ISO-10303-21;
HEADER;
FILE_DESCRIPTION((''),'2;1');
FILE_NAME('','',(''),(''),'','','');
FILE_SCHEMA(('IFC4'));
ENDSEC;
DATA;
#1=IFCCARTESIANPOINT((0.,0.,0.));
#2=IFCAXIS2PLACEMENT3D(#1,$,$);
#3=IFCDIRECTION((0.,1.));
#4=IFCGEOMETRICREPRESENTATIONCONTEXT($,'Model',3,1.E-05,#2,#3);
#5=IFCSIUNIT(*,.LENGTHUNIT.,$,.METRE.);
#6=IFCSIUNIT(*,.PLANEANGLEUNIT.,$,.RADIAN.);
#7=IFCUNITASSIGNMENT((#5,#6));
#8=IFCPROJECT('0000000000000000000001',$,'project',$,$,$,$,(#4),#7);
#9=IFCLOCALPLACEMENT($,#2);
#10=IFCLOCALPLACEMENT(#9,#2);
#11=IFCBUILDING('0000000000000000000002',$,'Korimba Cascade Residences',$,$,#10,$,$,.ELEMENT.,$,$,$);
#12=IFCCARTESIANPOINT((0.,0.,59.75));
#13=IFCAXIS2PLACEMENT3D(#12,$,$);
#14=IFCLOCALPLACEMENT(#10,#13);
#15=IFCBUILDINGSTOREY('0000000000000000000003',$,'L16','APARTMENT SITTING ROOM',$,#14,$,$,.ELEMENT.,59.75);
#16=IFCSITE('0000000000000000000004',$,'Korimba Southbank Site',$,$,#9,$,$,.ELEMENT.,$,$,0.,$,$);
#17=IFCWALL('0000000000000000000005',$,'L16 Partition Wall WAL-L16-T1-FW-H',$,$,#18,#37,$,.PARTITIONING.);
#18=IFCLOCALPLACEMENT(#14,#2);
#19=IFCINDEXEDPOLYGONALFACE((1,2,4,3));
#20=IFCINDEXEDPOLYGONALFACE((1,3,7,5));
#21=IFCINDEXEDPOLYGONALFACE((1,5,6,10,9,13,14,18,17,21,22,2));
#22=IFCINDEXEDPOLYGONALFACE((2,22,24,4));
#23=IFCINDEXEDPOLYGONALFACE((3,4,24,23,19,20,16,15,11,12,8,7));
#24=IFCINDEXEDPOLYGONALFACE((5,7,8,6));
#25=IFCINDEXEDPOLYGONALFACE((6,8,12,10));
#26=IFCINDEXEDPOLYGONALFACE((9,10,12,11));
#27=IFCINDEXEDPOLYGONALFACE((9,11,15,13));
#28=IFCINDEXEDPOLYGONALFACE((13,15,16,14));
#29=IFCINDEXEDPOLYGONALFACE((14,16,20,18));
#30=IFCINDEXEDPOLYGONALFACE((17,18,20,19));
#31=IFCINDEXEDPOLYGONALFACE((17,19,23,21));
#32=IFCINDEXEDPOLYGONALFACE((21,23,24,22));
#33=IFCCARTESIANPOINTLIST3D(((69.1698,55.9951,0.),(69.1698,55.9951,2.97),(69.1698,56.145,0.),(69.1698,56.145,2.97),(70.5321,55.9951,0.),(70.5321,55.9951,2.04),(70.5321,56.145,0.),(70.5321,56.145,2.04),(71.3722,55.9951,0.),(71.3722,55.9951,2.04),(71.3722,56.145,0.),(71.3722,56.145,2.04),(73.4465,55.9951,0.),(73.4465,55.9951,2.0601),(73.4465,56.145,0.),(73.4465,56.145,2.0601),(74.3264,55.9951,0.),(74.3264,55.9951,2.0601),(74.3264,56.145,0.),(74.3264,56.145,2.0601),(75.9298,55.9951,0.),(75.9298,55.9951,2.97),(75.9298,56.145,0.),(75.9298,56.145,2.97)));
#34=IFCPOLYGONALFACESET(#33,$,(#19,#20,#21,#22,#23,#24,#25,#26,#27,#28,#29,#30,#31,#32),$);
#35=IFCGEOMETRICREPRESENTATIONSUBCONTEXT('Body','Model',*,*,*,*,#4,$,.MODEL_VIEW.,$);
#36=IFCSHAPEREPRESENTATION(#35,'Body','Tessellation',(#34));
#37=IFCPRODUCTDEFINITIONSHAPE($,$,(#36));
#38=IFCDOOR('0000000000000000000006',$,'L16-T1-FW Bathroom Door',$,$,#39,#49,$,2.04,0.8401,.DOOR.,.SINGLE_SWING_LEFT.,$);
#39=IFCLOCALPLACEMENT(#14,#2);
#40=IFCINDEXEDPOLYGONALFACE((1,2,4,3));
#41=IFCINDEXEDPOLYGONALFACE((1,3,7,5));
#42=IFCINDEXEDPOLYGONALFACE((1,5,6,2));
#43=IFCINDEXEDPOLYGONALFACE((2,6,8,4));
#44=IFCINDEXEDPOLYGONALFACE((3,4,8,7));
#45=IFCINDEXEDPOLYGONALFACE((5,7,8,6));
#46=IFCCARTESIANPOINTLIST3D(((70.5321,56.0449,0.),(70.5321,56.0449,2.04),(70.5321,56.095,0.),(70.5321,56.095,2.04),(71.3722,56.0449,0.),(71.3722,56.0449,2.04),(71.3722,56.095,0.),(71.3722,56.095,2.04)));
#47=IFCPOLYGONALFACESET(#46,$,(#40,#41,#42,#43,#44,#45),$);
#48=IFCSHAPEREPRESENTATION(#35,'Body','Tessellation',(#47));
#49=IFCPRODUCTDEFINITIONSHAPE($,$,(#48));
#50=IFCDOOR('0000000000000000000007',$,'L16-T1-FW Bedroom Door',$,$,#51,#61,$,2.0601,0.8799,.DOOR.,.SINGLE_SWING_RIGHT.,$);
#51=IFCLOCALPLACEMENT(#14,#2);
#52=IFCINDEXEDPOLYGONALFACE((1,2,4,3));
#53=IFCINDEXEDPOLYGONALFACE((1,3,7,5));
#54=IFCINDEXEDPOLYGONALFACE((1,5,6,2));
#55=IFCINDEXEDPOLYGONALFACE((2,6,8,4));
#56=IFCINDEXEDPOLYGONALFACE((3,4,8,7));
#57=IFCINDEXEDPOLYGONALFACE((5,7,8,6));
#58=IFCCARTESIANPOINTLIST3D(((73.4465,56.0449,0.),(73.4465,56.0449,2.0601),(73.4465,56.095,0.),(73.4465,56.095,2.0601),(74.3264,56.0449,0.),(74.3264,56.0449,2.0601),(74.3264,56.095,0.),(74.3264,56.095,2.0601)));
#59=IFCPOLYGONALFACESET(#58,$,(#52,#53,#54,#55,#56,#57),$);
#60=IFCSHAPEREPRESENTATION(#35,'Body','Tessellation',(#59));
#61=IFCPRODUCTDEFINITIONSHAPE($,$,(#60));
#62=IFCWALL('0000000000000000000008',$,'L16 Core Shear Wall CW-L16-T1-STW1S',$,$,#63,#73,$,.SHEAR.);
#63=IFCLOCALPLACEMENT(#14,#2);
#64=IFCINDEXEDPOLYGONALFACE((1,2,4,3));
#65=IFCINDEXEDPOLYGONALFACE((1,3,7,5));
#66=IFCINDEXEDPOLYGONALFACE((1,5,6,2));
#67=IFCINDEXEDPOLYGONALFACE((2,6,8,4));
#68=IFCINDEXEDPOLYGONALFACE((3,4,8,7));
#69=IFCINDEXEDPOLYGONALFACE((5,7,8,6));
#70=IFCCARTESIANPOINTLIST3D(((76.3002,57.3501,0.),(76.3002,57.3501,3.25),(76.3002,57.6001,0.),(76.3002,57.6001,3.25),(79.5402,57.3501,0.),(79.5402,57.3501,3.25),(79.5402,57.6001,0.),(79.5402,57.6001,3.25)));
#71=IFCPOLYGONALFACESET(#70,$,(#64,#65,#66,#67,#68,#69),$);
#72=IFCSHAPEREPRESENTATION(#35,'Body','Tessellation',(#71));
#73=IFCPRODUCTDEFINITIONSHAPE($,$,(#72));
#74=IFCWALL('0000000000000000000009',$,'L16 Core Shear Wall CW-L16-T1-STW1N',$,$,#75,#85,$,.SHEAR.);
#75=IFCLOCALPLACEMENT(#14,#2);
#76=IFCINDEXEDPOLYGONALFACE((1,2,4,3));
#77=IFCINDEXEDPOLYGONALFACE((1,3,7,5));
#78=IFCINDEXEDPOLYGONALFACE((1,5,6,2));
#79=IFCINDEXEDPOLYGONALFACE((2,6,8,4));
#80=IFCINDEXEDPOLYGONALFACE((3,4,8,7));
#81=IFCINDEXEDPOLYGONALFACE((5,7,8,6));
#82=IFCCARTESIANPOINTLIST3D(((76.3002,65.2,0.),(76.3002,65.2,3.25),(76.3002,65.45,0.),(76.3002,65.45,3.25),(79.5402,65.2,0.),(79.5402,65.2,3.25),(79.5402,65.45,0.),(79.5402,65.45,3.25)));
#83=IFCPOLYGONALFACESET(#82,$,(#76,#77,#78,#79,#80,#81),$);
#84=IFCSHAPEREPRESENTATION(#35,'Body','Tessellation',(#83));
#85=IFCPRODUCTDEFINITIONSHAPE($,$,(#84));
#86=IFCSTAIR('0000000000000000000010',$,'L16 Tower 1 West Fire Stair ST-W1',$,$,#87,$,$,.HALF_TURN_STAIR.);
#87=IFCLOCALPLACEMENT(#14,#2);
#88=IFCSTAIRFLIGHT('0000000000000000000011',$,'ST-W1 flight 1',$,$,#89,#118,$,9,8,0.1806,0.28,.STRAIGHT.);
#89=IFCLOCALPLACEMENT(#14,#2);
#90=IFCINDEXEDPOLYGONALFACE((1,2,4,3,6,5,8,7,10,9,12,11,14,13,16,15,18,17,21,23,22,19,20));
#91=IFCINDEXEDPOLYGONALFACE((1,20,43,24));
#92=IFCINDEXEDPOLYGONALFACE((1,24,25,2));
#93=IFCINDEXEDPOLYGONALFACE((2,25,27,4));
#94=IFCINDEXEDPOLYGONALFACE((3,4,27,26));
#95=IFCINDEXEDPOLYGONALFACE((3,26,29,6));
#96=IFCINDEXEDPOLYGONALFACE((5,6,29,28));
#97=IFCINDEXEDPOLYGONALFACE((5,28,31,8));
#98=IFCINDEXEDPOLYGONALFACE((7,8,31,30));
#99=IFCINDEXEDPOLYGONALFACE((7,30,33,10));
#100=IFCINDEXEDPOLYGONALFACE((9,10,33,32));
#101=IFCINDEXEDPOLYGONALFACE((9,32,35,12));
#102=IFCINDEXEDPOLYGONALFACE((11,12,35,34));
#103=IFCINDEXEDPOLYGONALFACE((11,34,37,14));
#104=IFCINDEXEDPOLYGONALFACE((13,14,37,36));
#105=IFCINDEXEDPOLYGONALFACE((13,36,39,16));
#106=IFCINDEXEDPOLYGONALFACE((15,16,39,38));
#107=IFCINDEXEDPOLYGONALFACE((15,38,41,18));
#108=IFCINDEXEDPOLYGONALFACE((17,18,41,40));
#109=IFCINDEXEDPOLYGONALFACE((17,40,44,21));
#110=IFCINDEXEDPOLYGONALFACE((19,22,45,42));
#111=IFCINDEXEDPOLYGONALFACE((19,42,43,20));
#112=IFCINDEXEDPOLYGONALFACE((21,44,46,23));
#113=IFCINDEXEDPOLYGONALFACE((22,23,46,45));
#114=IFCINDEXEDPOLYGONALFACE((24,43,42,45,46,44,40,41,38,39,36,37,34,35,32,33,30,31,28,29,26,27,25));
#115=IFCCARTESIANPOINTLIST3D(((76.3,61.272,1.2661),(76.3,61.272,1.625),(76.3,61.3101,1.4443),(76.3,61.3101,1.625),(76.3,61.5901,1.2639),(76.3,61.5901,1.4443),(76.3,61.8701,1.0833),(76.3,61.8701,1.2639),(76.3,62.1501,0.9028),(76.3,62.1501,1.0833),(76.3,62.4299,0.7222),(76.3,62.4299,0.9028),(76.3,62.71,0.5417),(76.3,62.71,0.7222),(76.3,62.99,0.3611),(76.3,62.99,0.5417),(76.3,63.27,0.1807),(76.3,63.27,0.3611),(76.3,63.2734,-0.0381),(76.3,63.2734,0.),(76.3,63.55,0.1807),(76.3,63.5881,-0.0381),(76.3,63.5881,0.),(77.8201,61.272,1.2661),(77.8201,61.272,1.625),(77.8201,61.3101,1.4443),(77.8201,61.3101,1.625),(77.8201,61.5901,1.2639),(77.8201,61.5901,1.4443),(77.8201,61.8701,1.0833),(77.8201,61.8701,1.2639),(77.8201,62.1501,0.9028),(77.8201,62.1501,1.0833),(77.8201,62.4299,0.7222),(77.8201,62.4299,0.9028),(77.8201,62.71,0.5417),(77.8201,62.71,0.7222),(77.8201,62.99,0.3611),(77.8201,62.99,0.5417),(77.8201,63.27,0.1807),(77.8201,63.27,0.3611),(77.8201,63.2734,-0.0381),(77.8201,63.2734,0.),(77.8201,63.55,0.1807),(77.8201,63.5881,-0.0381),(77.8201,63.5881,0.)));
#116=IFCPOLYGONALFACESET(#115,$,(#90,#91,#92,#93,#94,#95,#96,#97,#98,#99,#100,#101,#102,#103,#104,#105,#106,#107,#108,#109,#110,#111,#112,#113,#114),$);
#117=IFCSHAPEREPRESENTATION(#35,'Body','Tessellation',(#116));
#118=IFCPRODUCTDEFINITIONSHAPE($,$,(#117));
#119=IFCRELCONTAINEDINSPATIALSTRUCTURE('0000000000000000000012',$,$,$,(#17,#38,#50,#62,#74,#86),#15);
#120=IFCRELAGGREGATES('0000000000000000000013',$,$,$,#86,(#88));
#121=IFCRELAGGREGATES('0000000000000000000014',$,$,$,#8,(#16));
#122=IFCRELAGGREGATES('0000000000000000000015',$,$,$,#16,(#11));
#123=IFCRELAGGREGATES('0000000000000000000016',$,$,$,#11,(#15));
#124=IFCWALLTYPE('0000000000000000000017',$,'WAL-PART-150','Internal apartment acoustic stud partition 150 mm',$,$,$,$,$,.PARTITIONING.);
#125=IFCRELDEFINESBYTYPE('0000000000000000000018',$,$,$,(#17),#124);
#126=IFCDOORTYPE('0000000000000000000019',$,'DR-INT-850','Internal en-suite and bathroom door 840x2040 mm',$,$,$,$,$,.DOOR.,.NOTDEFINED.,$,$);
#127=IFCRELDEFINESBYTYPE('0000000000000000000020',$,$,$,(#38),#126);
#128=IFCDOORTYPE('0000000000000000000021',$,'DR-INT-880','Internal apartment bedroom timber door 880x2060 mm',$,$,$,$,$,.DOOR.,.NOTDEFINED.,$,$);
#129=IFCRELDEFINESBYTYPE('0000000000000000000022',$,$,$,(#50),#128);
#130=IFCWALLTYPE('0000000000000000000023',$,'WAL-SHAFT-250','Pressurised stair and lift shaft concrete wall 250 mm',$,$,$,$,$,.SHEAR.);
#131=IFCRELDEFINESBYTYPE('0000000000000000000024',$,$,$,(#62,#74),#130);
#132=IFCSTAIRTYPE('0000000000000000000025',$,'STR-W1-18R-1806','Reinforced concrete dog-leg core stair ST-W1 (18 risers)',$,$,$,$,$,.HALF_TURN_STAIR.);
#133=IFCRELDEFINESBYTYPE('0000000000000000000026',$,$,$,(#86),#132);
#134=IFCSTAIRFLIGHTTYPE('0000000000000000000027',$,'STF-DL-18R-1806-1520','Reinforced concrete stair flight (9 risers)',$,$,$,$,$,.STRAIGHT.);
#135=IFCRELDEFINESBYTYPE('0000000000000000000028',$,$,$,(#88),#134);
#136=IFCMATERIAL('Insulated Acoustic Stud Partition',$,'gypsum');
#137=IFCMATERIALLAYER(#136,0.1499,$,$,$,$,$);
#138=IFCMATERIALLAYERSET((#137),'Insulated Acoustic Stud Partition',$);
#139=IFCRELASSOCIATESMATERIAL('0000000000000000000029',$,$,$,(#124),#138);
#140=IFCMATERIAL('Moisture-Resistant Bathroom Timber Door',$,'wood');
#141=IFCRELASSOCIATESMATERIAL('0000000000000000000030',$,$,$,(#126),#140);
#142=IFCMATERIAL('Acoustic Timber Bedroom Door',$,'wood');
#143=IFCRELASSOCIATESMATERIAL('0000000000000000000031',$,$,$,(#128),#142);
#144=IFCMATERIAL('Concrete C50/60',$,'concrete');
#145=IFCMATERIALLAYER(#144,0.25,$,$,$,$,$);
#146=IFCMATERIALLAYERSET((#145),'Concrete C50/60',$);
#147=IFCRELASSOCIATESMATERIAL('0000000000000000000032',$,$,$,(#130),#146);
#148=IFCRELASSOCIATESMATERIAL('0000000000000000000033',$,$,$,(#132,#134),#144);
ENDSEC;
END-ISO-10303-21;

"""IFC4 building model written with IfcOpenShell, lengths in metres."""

from ifc_helpers import new_model, si_unit, direction, frame, frame_2d, origin, place, context, subcontext, project, spatial, polyline, rectangle, outline, extrude, material, layer, layer_set, type_object, element, fill, aggregate, save


model = new_model("IFC4")

# Units and contexts
model_context = context("Model", 3, precision=1e-05, world=origin(), true_north=direction((0.0, 1.0)))
body_context = subcontext(model_context, "Body", "Model", "MODEL_VIEW")
ifc_project = project(units=[si_unit("LENGTHUNIT", "METRE"), si_unit("PLANEANGLEUNIT", "RADIAN")], contexts=[model_context])

# Site, building, storey
site_placement = place(None, origin())
site = spatial("IfcSite", under=ifc_project, at=site_placement, Name="Korimba Southbank Site", CompositionType="ELEMENT", RefElevation=0.0)
building_placement = place(site_placement, origin())
building = spatial("IfcBuilding", under=site, at=building_placement, Name="Korimba Cascade Residences", CompositionType="ELEMENT")
storey_placement = place(building_placement, frame((0.0, 0.0, 59.75)))
storey = spatial("IfcBuildingStorey", under=building, at=storey_placement, Name="L16", Description="APARTMENT SITTING ROOM", CompositionType="ELEMENT", Elevation=59.75)

# Shared definitions
ifc_material_1 = material(Name="Concrete C50/60", Category="concrete")

# Shared definitions
ifc_material_2 = material(Name="Insulated Acoustic Stud Partition", Category="gypsum")
ifc_layer_1 = layer(ifc_material_2, 0.1499)
ifc_layer_set_1 = layer_set([ifc_layer_1], Name="Insulated Acoustic Stud Partition")
wall_type_1 = type_object("IfcWallType", Name="WAL-PART-150", Description="Internal apartment acoustic stud partition 150 mm", PredefinedType="PARTITIONING", material=ifc_layer_set_1)

# Wall, openings, doors
wall_1_placement = place(storey_placement, frame((69.1699, 56.0701, 0.0), z_axis=(0.0, 0.0, 1.0), x_axis=(1.0, 0.0, 0.0)))
wall_1 = element("IfcWall", 1, at=wall_1_placement, inside=storey, type_object=wall_type_1, Name="L16 Partition Wall WAL-L16-T1-FW-H", PredefinedType="PARTITIONING", context=body_context, shape_type="SweptSolid", body=[
    extrude(rectangle(XDim=6.76, YDim=0.1499, at=frame_2d((3.3799, 0.0))), origin(), (0.0, 0.0, 1.0), 2.97),
])
opening_1_placement = place(wall_1_placement, frame((1.3623, 0.0, 0.0)))
opening_1 = element("IfcOpeningElement", 2, at=opening_1_placement, cuts=wall_1, PredefinedType="OPENING", context=body_context, shape_type="SweptSolid", body=[
    extrude(rectangle(XDim=0.8401, YDim=2.04, at=frame_2d((0.4199, 1.02))), frame((0.0, 0.085, 0.0), z_axis=(0.0, -1.0, 0.0), x_axis=(1.0, 0.0, 0.0)), (0.0, 0.0, 1.0), 0.1699),
])
opening_2_placement = place(wall_1_placement, frame((4.2766, 0.0, 0.0)))
opening_2 = element("IfcOpeningElement", 3, at=opening_2_placement, cuts=wall_1, PredefinedType="OPENING", context=body_context, shape_type="SweptSolid", body=[
    extrude(rectangle(XDim=0.8799, YDim=2.0601, at=frame_2d((0.4399, 1.03))), frame((0.0, 0.085, 0.0), z_axis=(0.0, -1.0, 0.0), x_axis=(1.0, 0.0, 0.0)), (0.0, 0.0, 1.0), 0.1699),
])
ifc_material_3 = material(Name="Moisture-Resistant Bathroom Timber Door", Category="wood")
door_type_1 = type_object("IfcDoorType", Name="DR-INT-850", Description="Internal en-suite and bathroom door 840x2040 mm", OperationType="NOTDEFINED", PredefinedType="DOOR", material=ifc_material_3)
door_1_placement = place(opening_1_placement, origin())
door_1 = element("IfcDoor", 4, at=door_1_placement, inside=storey, type_object=door_type_1, Name="L16-T1-FW Bathroom Door", OperationType="SINGLE_SWING_LEFT", OverallHeight=2.04, OverallWidth=0.8401, PredefinedType="DOOR", context=body_context, shape_type="SweptSolid", body=[
    extrude(rectangle(XDim=0.8401, YDim=2.04, at=frame_2d((0.4199, 1.02))), frame((0.0, 0.0249, 0.0), z_axis=(0.0, -1.0, 0.0), x_axis=(1.0, 0.0, 0.0)), (0.0, 0.0, 1.0), 0.05),
])
fill(opening_1, door_1)
ifc_material_4 = material(Name="Acoustic Timber Bedroom Door", Category="wood")
door_type_2 = type_object("IfcDoorType", Name="DR-INT-880", Description="Internal apartment bedroom timber door 880x2060 mm", OperationType="NOTDEFINED", PredefinedType="DOOR", material=ifc_material_4)
door_2_placement = place(opening_2_placement, origin())
door_2 = element("IfcDoor", 5, at=door_2_placement, inside=storey, type_object=door_type_2, Name="L16-T1-FW Bedroom Door", OperationType="SINGLE_SWING_RIGHT", OverallHeight=2.0601, OverallWidth=0.8799, PredefinedType="DOOR", context=body_context, shape_type="SweptSolid", body=[
    extrude(rectangle(XDim=0.8799, YDim=2.0601, at=frame_2d((0.4399, 1.03))), frame((0.0, 0.0249, 0.0), z_axis=(0.0, -1.0, 0.0), x_axis=(1.0, 0.0, 0.0)), (0.0, 0.0, 1.0), 0.05),
])
fill(opening_2, door_2)

# Walls
ifc_layer_2 = layer(ifc_material_1, 0.25)
ifc_layer_set_2 = layer_set([ifc_layer_2], Name="Concrete C50/60")
wall_type_2 = type_object("IfcWallType", Name="WAL-SHAFT-250", Description="Pressurised stair and lift shaft concrete wall 250 mm", PredefinedType="SHEAR", material=ifc_layer_set_2)
for number, where, z_axis, x_axis, name in (
    (6, (76.3, 57.4751, 0.0), (0.0, 0.0, 1.0), (1.0, 0.0, 0.0), "L16 Core Shear Wall CW-L16-T1-STW1S"),
    (7, (76.3, 65.325, 0.0), (0.0, 0.0, 1.0), (1.0, 0.0, 0.0), "L16 Core Shear Wall CW-L16-T1-STW1N"),
):
    element("IfcWall", number, at=place(storey_placement, frame(where, z_axis=z_axis, x_axis=x_axis)), inside=storey, type_object=wall_type_2, Name=name, PredefinedType="SHEAR", context=body_context, shape_type="SweptSolid", body=[
        extrude(rectangle(XDim=3.24, YDim=0.25, at=frame_2d((1.6201, 0.0))), origin(), (0.0, 0.0, 1.0), 3.25),
    ])

# Stair, stair flight
stair_type = type_object("IfcStairType", Name="STR-W1-18R-1806", Description="Reinforced concrete dog-leg core stair ST-W1 (18 risers)", PredefinedType="HALF_TURN_STAIR", material=ifc_material_1)
stair_placement = place(storey_placement, origin())
stair = element("IfcStair", 8, at=stair_placement, inside=storey, type_object=stair_type, Name="L16 Tower 1 West Fire Stair ST-W1", PredefinedType="HALF_TURN_STAIR")
stair_flight_type = type_object("IfcStairFlightType", Name="STF-DL-18R-1806-1520", Description="Reinforced concrete stair flight (9 risers)", PredefinedType="STRAIGHT", material=ifc_material_1)
stair_flight_placement = place(storey_placement, frame((77.0601, 63.55, 0.0), z_axis=(0.0, 0.0, 1.0), x_axis=(0.0, -1.0, 0.0)))
stair_flight = element("IfcStairFlight", 9, at=stair_flight_placement, type_object=stair_flight_type, Name="ST-W1 flight 1", NumberOfRisers=9, NumberOfTreads=8, PredefinedType="STRAIGHT", RiserHeight=0.1806, TreadLength=0.28, context=body_context, shape_type="SweptSolid", body=[
    extrude(outline(polyline([(-0.0381, 0.0), (0.0, 0.1807), (0.28, 0.1807), (0.28, 0.3611), (0.5601, 0.3611), (0.5601, 0.5417), (0.8401, 0.5417), (0.8401, 0.7222), (1.1201, 0.7222), (1.1201, 0.9028), (1.3999, 0.9028), (1.3999, 1.0833), (1.6799, 1.0833), (1.6799, 1.2639), (1.96, 1.2639), (1.96, 1.4443), (2.24, 1.4443), (2.24, 1.625), (2.2781, 1.625), (2.2781, 1.2661), (0.2766, 0.0), (0.2766, -0.0381), (-0.0381, -0.0381), (-0.0381, 0.0)])), frame((0.0, 0.76, 0.0), z_axis=(0.0, -1.0, 0.0), x_axis=(1.0, 0.0, 0.0)), (0.0, 0.0, 1.0), 1.52),
])
aggregate(stair, [stair_flight])

save(model, "model.ifc")
